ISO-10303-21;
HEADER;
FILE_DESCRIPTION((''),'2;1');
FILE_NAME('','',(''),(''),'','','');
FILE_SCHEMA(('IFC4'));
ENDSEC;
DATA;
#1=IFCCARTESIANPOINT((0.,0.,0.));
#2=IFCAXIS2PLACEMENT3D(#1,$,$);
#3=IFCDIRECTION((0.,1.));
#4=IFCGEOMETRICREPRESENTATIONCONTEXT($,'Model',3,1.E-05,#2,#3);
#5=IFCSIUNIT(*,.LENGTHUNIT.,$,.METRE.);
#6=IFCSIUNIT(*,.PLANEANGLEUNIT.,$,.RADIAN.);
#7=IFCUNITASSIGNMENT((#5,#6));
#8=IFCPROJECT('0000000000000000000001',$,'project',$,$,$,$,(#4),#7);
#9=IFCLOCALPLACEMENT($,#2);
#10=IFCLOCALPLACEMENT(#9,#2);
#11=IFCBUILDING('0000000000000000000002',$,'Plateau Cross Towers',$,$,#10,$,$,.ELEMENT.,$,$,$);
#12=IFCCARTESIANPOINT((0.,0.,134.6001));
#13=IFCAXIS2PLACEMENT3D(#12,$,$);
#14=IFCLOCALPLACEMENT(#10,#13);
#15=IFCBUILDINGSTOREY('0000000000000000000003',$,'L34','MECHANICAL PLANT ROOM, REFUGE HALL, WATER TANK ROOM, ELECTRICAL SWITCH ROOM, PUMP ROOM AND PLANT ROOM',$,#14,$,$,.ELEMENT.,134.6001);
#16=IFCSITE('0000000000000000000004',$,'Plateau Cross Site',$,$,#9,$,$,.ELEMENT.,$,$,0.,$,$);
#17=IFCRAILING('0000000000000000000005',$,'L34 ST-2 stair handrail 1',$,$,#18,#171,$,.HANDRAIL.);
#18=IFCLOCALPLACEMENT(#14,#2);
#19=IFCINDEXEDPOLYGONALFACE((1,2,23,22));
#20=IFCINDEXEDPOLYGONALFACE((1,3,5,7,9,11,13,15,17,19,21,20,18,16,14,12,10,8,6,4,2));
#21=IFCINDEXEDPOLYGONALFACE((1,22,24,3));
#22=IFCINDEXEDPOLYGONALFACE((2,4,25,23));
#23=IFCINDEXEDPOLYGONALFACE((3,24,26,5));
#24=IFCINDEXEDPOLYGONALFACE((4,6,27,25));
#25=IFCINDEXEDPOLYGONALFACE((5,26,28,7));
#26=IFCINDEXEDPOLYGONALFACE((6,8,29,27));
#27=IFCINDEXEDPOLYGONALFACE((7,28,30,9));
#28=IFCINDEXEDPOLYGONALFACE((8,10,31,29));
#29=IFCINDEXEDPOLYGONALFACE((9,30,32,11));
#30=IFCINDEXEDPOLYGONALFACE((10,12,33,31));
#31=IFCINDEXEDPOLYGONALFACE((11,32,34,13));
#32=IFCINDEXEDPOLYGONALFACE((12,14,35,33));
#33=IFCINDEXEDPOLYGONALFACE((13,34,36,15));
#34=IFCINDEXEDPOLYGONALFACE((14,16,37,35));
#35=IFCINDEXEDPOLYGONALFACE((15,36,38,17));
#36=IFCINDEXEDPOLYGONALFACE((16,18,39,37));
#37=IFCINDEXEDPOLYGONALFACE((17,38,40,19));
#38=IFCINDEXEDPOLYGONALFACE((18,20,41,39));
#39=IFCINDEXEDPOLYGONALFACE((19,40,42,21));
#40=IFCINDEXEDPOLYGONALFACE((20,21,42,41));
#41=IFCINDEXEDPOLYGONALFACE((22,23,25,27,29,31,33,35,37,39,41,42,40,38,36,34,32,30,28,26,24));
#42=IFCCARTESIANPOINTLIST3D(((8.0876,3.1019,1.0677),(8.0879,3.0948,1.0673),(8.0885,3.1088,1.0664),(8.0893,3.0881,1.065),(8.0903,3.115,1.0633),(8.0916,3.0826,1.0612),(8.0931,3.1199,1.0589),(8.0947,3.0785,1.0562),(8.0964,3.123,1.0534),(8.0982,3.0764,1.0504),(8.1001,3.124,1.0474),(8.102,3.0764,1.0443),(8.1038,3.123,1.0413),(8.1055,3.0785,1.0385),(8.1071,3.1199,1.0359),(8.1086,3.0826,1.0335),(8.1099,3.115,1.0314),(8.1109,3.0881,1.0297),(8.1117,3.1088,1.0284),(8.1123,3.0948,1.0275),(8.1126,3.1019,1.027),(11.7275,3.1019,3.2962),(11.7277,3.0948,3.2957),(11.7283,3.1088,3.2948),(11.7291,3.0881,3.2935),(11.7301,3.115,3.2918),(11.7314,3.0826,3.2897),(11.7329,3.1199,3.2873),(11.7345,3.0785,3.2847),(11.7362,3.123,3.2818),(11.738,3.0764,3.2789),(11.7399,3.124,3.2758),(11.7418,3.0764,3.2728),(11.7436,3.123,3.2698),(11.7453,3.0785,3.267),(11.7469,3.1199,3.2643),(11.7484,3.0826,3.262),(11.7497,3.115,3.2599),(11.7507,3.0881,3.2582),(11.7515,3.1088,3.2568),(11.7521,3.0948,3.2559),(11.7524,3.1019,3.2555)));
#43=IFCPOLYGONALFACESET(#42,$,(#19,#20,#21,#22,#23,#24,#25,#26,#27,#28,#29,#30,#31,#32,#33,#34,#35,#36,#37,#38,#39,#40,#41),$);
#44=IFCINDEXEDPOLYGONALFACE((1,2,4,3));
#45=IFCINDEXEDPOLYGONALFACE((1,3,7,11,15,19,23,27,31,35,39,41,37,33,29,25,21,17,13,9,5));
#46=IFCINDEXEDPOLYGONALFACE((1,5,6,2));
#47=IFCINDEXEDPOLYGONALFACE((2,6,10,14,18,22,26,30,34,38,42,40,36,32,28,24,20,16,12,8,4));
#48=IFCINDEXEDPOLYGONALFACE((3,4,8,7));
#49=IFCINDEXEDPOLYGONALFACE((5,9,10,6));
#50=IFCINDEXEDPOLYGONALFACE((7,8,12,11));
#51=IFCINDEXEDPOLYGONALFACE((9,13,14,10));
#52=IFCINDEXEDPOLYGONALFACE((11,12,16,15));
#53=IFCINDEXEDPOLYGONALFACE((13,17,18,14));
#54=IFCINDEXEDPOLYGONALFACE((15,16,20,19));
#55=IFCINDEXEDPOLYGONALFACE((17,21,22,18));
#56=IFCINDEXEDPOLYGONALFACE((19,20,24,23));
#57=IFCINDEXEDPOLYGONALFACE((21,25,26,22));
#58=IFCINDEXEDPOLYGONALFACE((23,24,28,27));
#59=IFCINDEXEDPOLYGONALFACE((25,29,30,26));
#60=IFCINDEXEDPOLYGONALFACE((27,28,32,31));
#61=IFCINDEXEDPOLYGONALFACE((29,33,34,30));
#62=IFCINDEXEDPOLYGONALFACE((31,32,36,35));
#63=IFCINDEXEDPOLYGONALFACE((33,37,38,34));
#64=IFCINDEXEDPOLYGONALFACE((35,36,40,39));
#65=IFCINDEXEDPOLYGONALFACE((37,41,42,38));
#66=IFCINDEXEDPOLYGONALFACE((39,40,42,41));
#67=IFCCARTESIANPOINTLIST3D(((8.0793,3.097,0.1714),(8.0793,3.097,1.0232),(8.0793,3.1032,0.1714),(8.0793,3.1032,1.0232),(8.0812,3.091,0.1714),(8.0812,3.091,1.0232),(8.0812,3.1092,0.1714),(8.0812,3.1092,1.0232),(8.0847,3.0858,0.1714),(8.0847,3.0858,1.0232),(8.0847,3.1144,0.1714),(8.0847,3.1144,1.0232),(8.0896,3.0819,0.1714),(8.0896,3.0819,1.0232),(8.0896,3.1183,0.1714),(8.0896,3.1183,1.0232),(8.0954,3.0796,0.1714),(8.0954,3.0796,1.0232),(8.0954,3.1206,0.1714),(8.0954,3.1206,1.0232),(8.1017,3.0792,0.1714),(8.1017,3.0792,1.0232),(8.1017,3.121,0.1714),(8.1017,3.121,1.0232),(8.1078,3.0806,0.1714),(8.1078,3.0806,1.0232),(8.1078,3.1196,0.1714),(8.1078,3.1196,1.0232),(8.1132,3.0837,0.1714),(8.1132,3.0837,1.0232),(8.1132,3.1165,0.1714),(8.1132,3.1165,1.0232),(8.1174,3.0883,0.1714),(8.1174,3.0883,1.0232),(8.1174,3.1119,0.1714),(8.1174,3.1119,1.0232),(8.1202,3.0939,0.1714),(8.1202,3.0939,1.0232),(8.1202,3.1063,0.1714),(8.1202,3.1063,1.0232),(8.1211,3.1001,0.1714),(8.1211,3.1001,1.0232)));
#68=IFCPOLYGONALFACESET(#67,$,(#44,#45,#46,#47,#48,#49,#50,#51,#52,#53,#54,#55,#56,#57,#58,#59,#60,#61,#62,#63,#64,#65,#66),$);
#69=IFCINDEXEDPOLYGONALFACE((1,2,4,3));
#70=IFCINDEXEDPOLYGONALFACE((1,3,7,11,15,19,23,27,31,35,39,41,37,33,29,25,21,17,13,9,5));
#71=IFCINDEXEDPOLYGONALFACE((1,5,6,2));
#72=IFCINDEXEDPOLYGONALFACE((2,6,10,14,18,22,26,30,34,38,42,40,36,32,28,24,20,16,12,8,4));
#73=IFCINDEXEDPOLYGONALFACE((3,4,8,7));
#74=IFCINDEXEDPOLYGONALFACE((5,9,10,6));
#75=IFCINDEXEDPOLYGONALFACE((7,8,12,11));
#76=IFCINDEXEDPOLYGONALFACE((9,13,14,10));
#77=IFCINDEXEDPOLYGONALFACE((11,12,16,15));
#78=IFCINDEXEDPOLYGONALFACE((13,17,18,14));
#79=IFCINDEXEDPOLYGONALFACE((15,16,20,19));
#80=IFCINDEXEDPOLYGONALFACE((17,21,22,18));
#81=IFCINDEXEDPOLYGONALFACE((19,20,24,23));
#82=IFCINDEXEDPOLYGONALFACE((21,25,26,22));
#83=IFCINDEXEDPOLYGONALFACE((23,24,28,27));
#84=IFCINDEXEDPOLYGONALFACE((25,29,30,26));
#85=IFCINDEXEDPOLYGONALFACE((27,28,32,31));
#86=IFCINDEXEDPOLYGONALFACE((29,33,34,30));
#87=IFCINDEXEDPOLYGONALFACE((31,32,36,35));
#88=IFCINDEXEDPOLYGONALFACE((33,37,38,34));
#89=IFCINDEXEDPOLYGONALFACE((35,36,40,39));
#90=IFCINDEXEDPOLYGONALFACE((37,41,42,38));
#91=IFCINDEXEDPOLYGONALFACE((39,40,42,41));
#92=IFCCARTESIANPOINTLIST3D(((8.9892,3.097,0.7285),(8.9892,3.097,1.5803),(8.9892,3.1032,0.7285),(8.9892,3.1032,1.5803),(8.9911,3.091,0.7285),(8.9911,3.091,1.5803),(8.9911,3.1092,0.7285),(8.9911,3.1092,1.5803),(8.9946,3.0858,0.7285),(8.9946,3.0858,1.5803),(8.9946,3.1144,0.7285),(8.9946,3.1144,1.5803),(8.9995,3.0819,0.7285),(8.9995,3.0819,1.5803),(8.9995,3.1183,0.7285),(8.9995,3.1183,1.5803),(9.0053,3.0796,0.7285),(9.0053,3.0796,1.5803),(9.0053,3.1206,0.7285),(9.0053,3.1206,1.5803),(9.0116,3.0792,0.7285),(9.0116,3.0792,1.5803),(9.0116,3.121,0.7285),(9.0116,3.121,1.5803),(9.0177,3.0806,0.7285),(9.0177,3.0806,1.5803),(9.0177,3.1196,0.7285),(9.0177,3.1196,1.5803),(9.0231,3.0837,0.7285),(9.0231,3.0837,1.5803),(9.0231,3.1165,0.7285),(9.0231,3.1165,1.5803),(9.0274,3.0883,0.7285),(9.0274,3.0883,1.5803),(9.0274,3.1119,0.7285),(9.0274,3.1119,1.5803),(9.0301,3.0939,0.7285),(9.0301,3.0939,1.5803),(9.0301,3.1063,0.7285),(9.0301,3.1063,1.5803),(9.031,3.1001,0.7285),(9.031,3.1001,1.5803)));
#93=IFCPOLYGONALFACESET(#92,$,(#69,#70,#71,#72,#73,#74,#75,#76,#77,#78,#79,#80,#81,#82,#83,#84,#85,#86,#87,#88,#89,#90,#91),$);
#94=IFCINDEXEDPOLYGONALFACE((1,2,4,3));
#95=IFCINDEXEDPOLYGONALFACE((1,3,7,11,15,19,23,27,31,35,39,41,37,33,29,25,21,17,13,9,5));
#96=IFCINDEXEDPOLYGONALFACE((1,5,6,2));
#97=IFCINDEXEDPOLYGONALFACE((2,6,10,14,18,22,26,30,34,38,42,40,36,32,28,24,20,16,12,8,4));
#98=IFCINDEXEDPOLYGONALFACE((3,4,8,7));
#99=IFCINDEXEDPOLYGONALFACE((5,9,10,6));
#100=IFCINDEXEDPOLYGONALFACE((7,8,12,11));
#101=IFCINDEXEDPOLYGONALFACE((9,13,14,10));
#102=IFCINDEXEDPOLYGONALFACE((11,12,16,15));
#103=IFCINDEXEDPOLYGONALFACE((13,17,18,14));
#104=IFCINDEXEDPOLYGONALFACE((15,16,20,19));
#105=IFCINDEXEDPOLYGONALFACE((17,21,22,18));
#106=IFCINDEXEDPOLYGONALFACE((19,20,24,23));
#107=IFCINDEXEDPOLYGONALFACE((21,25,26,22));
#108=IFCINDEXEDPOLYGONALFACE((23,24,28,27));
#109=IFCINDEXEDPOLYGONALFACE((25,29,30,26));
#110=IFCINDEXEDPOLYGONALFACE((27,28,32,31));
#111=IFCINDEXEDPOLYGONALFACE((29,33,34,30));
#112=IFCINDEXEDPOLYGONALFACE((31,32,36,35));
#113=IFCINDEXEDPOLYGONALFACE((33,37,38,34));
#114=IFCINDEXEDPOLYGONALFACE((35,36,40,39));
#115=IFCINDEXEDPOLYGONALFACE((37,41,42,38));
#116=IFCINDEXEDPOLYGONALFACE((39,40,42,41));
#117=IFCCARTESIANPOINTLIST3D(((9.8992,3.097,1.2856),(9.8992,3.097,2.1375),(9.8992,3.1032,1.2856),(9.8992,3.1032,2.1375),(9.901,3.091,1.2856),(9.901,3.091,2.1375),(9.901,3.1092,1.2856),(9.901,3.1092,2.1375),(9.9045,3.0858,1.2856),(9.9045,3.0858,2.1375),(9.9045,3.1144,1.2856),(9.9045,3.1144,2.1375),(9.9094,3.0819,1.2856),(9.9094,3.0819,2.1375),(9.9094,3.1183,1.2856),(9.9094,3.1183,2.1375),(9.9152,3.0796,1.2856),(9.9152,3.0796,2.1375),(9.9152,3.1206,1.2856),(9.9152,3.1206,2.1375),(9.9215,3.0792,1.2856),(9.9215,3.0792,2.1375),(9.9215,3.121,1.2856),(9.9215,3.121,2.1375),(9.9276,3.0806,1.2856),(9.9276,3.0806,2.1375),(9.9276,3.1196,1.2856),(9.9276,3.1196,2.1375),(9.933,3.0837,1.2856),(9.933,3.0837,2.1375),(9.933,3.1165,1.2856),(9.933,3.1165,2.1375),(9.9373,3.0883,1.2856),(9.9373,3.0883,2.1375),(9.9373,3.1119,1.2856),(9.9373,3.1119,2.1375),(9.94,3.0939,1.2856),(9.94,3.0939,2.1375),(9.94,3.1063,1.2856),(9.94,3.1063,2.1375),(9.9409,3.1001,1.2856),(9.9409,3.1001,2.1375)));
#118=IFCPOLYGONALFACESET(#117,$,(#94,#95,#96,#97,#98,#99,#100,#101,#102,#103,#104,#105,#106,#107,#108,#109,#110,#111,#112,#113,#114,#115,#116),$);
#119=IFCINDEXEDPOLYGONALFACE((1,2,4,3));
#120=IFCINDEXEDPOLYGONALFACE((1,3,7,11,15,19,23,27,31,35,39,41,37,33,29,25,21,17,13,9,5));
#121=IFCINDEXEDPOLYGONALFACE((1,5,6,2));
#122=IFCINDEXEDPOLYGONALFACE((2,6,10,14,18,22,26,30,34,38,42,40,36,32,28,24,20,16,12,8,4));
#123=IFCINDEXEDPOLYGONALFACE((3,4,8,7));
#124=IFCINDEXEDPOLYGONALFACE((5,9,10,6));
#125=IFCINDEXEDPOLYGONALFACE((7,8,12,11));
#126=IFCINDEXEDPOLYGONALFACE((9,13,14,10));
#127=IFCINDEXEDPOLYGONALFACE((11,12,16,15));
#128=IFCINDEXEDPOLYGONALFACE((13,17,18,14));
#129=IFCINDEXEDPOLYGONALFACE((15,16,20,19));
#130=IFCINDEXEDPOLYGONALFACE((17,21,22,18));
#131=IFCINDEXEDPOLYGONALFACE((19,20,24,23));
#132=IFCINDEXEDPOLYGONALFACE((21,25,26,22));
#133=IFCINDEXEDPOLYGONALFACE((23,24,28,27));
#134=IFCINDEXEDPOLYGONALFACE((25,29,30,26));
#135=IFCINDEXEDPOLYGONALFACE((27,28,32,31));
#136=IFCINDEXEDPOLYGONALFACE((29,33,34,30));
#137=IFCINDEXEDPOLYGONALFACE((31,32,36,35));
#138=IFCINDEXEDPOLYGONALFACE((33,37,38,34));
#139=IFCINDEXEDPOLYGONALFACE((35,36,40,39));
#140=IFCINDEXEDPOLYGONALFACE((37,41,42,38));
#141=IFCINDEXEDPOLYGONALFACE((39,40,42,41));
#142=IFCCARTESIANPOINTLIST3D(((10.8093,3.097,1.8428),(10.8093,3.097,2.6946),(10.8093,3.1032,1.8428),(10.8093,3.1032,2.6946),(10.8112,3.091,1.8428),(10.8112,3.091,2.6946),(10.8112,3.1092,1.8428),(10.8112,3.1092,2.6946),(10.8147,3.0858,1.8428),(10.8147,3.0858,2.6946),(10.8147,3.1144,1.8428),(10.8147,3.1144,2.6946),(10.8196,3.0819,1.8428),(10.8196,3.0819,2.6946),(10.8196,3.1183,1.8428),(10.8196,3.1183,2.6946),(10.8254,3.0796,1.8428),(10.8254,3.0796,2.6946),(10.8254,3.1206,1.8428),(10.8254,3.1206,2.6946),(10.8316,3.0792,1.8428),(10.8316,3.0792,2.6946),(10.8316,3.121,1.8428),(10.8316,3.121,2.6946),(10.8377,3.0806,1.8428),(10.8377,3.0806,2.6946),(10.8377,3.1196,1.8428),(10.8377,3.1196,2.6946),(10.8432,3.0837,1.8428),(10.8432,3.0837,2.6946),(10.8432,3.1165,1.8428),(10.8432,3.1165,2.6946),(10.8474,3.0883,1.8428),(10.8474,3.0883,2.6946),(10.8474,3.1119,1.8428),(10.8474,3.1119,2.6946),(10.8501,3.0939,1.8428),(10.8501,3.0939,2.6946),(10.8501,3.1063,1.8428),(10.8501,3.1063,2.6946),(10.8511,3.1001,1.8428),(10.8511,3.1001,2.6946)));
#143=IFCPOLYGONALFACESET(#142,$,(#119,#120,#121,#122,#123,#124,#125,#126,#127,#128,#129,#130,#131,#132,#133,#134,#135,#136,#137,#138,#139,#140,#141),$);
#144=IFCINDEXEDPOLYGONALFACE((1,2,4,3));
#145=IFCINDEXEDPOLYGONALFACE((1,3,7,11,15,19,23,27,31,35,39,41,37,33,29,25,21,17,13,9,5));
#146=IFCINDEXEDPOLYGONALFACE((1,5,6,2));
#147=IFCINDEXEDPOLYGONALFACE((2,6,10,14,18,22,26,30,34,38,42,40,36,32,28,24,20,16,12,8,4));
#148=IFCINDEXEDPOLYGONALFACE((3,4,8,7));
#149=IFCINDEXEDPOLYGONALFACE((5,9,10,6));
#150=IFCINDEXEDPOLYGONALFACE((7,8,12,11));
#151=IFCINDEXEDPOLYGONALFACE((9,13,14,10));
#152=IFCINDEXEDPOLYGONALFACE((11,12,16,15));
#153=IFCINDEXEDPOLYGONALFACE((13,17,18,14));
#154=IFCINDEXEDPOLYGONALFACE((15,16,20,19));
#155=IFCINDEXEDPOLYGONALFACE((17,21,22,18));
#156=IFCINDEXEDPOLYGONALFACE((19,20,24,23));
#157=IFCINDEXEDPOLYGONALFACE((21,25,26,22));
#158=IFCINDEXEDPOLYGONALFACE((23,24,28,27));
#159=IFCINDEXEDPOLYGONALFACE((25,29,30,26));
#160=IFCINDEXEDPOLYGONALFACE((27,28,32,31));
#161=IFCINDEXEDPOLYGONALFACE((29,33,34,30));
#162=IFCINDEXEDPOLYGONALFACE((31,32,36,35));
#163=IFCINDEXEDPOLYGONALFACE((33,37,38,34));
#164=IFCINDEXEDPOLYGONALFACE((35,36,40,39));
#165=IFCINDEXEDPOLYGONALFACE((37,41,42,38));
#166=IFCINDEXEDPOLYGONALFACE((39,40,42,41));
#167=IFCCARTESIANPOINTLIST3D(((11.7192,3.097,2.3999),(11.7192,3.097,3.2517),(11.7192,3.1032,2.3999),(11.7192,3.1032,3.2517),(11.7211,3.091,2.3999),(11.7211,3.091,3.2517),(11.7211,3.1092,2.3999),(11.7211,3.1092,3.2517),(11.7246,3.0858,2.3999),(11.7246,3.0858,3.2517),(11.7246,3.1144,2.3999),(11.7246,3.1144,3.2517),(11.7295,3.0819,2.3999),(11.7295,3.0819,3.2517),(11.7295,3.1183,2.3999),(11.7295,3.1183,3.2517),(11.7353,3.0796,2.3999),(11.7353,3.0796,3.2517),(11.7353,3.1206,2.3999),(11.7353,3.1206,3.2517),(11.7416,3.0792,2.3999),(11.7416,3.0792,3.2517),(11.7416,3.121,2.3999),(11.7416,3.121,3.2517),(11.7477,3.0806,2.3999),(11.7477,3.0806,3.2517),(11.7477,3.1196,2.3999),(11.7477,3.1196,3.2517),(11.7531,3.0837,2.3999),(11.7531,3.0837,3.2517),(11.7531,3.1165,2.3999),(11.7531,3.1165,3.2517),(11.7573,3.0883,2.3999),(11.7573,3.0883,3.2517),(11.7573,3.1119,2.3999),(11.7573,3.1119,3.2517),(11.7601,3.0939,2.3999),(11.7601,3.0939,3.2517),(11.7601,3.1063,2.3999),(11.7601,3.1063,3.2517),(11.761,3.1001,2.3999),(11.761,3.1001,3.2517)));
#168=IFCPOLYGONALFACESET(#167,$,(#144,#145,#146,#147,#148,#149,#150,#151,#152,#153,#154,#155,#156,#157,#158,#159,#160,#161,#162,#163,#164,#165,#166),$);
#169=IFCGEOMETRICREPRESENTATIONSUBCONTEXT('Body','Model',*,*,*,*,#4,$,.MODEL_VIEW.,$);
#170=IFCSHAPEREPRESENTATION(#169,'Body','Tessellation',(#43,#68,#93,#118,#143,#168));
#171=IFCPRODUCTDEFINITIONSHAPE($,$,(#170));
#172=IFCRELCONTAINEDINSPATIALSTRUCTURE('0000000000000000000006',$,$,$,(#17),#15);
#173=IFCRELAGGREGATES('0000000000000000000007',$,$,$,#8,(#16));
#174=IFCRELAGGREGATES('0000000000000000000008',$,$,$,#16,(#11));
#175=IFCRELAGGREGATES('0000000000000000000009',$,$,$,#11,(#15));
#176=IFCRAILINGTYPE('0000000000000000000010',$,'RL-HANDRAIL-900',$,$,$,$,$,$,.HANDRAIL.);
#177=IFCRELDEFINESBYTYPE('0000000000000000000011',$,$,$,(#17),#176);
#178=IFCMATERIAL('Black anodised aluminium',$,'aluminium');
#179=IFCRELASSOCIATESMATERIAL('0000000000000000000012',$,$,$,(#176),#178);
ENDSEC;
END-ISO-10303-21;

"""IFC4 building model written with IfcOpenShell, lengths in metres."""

from ifc_helpers import new_model, si_unit, direction, frame, origin, origin_2d, place, context, subcontext, project, spatial, circle, extrude, material, type_object, element, save


model = new_model("IFC4")

# Units and contexts
model_context = context("Model", 3, precision=1e-05, world=origin(), true_north=direction((0.0, 1.0)))
body_context = subcontext(model_context, "Body", "Model", "MODEL_VIEW")
ifc_project = project(units=[si_unit("LENGTHUNIT", "METRE"), si_unit("PLANEANGLEUNIT", "RADIAN")], contexts=[model_context])

# Site, building, storey
site_placement = place(None, origin())
site = spatial("IfcSite", under=ifc_project, at=site_placement, Name="Plateau Cross Site", CompositionType="ELEMENT", RefElevation=0.0)
building_placement = place(site_placement, origin())
building = spatial("IfcBuilding", under=site, at=building_placement, Name="Plateau Cross Towers", CompositionType="ELEMENT")
storey_placement = place(building_placement, frame((0.0, 0.0, 134.6001)))
storey = spatial("IfcBuildingStorey", under=building, at=storey_placement, Name="L34", Description="MECHANICAL PLANT ROOM, REFUGE HALL, WATER TANK ROOM, ELECTRICAL SWITCH ROOM, PUMP ROOM AND PLANT ROOM", CompositionType="ELEMENT", Elevation=134.6001)

# Railing
ifc_material_1 = material(Name="Black anodised aluminium", Category="aluminium")
railing_type_1 = type_object("IfcRailingType", Name="RL-HANDRAIL-900", PredefinedType="HANDRAIL", material=ifc_material_1)
railing_1_placement = place(storey_placement, frame((8.1001, 3.1001, 0.1714)))
element("IfcRailing", 1, at=railing_1_placement, inside=storey, type_object=railing_type_1, Name="L34 ST-2 stair handrail 1", PredefinedType="HANDRAIL", context=body_context, shape_type="SweptSolid", body=[
    extrude(circle(Radius=0.0239, at=origin_2d()), frame((0.0, 0.0, 0.876), z_axis=(0.85285, 0.0, 0.522156), x_axis=(0.0, 1.0, 0.0)), (0.0, 0.0, 1.0), 4.2678),
    extrude(circle(Radius=0.021, at=origin_2d()), origin(), (0.0, 0.0, 1.0), 0.8518),
    extrude(circle(Radius=0.021, at=origin_2d()), frame((0.9099, 0.0, 0.5571)), (0.0, 0.0, 1.0), 0.8518),
    extrude(circle(Radius=0.021, at=origin_2d()), frame((1.8198, 0.0, 1.1143)), (0.0, 0.0, 1.0), 0.8518),
    extrude(circle(Radius=0.021, at=origin_2d()), frame((2.73, 0.0, 1.6714)), (0.0, 0.0, 1.0), 0.8518),
    extrude(circle(Radius=0.021, at=origin_2d()), frame((3.6399, 0.0, 2.2285)), (0.0, 0.0, 1.0), 0.8518),
])

save(model, "model.ifc")
